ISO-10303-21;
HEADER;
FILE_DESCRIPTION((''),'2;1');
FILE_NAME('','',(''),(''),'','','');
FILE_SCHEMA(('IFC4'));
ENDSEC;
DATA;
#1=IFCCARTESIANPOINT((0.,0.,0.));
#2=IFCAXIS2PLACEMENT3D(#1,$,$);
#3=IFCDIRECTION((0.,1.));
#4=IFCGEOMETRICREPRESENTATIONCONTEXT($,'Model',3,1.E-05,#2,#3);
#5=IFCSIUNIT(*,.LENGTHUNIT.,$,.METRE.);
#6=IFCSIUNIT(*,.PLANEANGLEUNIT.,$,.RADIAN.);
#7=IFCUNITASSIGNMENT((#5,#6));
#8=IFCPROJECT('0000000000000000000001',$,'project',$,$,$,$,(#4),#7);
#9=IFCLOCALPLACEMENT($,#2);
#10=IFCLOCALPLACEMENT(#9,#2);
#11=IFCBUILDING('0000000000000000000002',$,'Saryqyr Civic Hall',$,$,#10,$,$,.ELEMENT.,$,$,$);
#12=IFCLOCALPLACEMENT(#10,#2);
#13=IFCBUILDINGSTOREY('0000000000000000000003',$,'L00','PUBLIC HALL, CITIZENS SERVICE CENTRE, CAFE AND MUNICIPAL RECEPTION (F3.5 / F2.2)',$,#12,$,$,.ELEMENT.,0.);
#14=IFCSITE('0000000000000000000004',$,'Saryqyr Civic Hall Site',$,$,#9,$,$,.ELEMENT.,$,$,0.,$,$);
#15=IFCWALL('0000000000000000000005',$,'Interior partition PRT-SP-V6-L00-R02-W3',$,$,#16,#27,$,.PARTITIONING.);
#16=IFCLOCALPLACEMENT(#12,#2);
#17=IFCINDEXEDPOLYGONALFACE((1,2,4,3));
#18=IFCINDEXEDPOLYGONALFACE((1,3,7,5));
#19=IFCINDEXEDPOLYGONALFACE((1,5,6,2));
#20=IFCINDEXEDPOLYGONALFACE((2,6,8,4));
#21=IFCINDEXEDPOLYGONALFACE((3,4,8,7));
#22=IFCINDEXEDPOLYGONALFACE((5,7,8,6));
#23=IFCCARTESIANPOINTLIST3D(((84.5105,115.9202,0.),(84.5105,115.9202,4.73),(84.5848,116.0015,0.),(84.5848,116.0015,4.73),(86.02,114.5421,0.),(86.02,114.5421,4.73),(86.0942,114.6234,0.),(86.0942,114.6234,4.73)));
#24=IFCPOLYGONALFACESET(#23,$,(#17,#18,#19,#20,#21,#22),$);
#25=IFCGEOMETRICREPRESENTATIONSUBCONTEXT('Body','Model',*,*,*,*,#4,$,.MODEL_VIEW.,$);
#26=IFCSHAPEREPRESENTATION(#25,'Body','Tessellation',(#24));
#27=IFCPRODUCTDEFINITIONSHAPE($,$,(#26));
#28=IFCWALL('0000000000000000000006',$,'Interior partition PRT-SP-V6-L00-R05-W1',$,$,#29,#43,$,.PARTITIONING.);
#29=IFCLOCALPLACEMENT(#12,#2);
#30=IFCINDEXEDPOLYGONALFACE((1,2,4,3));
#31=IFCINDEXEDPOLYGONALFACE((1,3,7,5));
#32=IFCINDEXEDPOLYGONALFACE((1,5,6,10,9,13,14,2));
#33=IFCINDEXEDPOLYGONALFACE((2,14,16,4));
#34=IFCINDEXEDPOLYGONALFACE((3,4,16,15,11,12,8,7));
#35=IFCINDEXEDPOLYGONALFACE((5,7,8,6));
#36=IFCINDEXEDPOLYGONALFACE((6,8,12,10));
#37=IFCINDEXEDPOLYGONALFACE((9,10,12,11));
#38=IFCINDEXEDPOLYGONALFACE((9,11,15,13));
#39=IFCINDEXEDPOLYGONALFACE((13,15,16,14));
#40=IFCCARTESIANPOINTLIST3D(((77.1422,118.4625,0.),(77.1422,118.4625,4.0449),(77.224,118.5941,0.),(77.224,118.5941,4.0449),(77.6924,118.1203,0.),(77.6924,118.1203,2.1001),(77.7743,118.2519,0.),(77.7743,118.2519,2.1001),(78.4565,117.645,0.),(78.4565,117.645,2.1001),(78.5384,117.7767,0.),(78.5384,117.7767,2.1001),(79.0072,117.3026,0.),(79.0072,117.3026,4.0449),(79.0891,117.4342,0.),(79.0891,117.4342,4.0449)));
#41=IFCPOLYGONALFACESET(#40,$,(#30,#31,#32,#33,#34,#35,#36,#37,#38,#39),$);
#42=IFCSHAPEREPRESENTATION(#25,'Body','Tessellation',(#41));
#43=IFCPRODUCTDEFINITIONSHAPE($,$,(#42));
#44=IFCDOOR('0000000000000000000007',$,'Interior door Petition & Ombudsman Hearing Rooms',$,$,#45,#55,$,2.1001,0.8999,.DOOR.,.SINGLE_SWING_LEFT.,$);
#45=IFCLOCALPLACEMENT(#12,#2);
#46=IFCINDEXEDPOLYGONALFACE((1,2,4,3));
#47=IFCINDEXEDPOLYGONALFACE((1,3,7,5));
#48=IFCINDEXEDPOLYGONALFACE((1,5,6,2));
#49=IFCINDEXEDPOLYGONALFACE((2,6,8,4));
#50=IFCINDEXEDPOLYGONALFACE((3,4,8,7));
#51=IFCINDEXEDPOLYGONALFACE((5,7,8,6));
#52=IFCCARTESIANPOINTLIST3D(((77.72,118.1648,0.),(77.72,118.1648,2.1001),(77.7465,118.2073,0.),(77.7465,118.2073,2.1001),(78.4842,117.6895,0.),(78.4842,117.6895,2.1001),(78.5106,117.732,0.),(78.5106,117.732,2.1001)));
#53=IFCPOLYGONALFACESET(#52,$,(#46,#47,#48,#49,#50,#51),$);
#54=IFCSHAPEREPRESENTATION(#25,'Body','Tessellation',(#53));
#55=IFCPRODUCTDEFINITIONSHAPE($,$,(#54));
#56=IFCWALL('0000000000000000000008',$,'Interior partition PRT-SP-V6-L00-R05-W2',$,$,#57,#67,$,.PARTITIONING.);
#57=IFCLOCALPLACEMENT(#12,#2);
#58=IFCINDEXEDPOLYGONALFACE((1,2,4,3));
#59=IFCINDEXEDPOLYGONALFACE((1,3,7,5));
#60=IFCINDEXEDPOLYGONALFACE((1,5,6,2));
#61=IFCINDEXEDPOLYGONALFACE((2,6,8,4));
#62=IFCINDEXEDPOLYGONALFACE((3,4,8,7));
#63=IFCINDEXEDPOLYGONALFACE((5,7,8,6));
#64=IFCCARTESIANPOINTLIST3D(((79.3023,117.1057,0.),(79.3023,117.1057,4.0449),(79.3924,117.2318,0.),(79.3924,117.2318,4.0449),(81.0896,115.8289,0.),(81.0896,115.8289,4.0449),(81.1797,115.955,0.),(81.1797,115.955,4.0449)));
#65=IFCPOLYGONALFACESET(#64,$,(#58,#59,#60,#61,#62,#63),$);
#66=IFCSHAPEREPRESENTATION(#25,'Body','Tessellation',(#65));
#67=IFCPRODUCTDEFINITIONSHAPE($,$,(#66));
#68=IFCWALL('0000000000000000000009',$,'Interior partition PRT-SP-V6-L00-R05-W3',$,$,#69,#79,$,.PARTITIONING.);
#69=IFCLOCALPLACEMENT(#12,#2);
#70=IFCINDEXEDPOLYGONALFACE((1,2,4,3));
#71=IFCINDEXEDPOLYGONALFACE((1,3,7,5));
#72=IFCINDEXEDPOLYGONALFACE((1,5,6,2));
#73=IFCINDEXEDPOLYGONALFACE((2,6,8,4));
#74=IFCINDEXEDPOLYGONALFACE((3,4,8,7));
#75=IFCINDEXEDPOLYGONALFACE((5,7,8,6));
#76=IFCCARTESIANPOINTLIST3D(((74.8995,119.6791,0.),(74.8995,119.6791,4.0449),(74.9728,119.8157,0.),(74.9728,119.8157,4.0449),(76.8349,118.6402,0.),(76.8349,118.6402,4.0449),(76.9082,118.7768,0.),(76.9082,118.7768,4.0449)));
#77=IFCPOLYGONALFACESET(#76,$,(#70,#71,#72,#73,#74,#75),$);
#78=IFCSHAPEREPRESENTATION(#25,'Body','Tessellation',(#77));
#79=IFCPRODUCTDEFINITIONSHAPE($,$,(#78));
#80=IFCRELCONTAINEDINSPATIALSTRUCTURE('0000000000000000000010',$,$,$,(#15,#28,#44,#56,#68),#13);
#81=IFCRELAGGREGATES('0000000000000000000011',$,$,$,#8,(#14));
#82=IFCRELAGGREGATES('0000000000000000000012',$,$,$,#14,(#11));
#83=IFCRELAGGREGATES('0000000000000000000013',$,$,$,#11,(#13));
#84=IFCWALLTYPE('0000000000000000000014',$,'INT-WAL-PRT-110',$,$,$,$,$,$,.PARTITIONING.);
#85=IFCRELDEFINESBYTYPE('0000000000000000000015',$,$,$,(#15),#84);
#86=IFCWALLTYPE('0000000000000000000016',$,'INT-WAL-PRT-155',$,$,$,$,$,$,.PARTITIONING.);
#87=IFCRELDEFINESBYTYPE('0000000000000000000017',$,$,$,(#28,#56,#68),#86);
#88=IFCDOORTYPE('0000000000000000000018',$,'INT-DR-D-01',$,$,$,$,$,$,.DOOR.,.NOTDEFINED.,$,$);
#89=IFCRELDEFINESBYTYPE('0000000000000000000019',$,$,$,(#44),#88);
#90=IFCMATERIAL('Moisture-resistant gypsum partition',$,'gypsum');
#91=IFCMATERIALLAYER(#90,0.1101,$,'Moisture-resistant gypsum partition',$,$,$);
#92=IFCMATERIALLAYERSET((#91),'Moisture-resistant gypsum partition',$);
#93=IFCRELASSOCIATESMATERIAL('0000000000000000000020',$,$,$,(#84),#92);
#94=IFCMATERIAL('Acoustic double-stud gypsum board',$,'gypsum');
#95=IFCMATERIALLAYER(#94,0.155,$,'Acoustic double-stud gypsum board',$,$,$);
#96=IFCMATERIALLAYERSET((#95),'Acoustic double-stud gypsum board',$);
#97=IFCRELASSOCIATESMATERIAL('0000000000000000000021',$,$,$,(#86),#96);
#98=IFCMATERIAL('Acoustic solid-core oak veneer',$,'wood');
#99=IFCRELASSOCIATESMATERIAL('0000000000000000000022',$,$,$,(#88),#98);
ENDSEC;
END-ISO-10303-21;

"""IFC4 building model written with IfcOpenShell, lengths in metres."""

from ifc_helpers import new_model, si_unit, direction, frame, frame_2d, origin, place, context, subcontext, project, spatial, rectangle, extrude, material, layer, layer_set, type_object, element, fill, save


model = new_model("IFC4")

# Units and contexts
model_context = context("Model", 3, precision=1e-05, world=origin(), true_north=direction((0.0, 1.0)))
body_context = subcontext(model_context, "Body", "Model", "MODEL_VIEW")
ifc_project = project(units=[si_unit("LENGTHUNIT", "METRE"), si_unit("PLANEANGLEUNIT", "RADIAN")], contexts=[model_context])

# Site, building, storey
site_placement = place(None, origin())
site = spatial("IfcSite", under=ifc_project, at=site_placement, Name="Saryqyr Civic Hall Site", CompositionType="ELEMENT", RefElevation=0.0)
building_placement = place(site_placement, origin())
building = spatial("IfcBuilding", under=site, at=building_placement, Name="Saryqyr Civic Hall", CompositionType="ELEMENT")
storey_placement = place(building_placement, origin())
storey = spatial("IfcBuildingStorey", under=building, at=storey_placement, Name="L00", Description="PUBLIC HALL, CITIZENS SERVICE CENTRE, CAFE AND MUNICIPAL RECEPTION (F3.5 / F2.2)", CompositionType="ELEMENT", Elevation=0.0)

# Wall
ifc_material_1 = material(Name="Moisture-resistant gypsum partition", Category="gypsum")
ifc_layer_1 = layer(ifc_material_1, 0.1101, Name="Moisture-resistant gypsum partition")
ifc_layer_set_1 = layer_set([ifc_layer_1], Name="Moisture-resistant gypsum partition")
wall_type_1 = type_object("IfcWallType", Name="INT-WAL-PRT-110", PredefinedType="PARTITIONING", material=ifc_layer_set_1)
wall_1_placement = place(storey_placement, frame((86.0571, 114.5828, 0.0), z_axis=(0.0, 0.0, 1.0), x_axis=(-0.738506, 0.674247, 0.0)))
element("IfcWall", 1, at=wall_1_placement, inside=storey, type_object=wall_type_1, Name="Interior partition PRT-SP-V6-L00-R02-W3", PredefinedType="PARTITIONING", context=body_context, shape_type="SweptSolid", body=[
    extrude(rectangle(XDim=2.0439, YDim=0.1101, at=frame_2d((1.022, 0.0))), origin(), (0.0, 0.0, 1.0), 4.73),
])

# Wall, opening, door
ifc_material_2 = material(Name="Acoustic double-stud gypsum board", Category="gypsum")
ifc_layer_2 = layer(ifc_material_2, 0.155, Name="Acoustic double-stud gypsum board")
ifc_layer_set_2 = layer_set([ifc_layer_2], Name="Acoustic double-stud gypsum board")
wall_type_2 = type_object("IfcWallType", Name="INT-WAL-PRT-155", PredefinedType="PARTITIONING", material=ifc_layer_set_2)
wall_2_placement = place(storey_placement, frame((77.1831, 118.5283, 0.0), z_axis=(0.0, 0.0, 1.0), x_axis=(0.849164, -0.528129, 0.0)))
wall_2 = element("IfcWall", 2, at=wall_2_placement, inside=storey, type_object=wall_type_2, Name="Interior partition PRT-SP-V6-L00-R05-W1", PredefinedType="PARTITIONING", context=body_context, shape_type="SweptSolid", body=[
    extrude(rectangle(XDim=2.1963, YDim=0.155, at=frame_2d((1.0981, 0.0))), origin(), (0.0, 0.0, 1.0), 4.0449),
])
opening_placement = place(wall_2_placement, frame((0.6479, 0.0, 0.0)))
opening = element("IfcOpeningElement", 3, at=opening_placement, cuts=wall_2, PredefinedType="OPENING", context=body_context, shape_type="SweptSolid", body=[
    extrude(rectangle(XDim=0.8999, YDim=2.1001, at=frame_2d((0.45, 1.05))), frame((0.0, 0.0874, 0.0), z_axis=(0.0, -1.0, 0.0), x_axis=(1.0, 0.0, 0.0)), (0.0, 0.0, 1.0), 0.175),
])
ifc_material_3 = material(Name="Acoustic solid-core oak veneer", Category="wood")
door_type = type_object("IfcDoorType", Name="INT-DR-D-01", OperationType="NOTDEFINED", PredefinedType="DOOR", material=ifc_material_3)
door_placement = place(opening_placement, origin())
door = element("IfcDoor", 4, at=door_placement, inside=storey, type_object=door_type, Name="Interior door Petition & Ombudsman Hearing Rooms", OperationType="SINGLE_SWING_LEFT", OverallHeight=2.1001, OverallWidth=0.8999, PredefinedType="DOOR", context=body_context, shape_type="SweptSolid", body=[
    extrude(rectangle(XDim=0.8999, YDim=2.1001, at=frame_2d((0.45, 1.05))), frame((0.0, 0.0249, 0.0), z_axis=(0.0, -1.0, 0.0), x_axis=(1.0, 0.0, 0.0)), (0.0, 0.0, 1.0), 0.05),
])
fill(opening, door)

# Walls
for number, where, z_axis, x_axis, name in (
    (5, (79.3474, 117.1687, 0.0), (0.0, 0.0, 1.0), (0.813696, -0.581291, 0.0), "Interior partition PRT-SP-V6-L00-R05-W2"),
    (6, (74.9363, 119.7473, 0.0), (0.0, 0.0, 1.0), (0.881091, -0.472946, 0.0), "Interior partition PRT-SP-V6-L00-R05-W3"),
):
    element("IfcWall", number, at=place(storey_placement, frame(where, z_axis=z_axis, x_axis=x_axis)), inside=storey, type_object=wall_type_2, Name=name, PredefinedType="PARTITIONING", context=body_context, shape_type="SweptSolid", body=[
        extrude(rectangle(XDim=2.1965, YDim=0.155, at=frame_2d((1.0981, 0.0))), origin(), (0.0, 0.0, 1.0), 4.0449),
    ])

save(model, "model.ifc")
